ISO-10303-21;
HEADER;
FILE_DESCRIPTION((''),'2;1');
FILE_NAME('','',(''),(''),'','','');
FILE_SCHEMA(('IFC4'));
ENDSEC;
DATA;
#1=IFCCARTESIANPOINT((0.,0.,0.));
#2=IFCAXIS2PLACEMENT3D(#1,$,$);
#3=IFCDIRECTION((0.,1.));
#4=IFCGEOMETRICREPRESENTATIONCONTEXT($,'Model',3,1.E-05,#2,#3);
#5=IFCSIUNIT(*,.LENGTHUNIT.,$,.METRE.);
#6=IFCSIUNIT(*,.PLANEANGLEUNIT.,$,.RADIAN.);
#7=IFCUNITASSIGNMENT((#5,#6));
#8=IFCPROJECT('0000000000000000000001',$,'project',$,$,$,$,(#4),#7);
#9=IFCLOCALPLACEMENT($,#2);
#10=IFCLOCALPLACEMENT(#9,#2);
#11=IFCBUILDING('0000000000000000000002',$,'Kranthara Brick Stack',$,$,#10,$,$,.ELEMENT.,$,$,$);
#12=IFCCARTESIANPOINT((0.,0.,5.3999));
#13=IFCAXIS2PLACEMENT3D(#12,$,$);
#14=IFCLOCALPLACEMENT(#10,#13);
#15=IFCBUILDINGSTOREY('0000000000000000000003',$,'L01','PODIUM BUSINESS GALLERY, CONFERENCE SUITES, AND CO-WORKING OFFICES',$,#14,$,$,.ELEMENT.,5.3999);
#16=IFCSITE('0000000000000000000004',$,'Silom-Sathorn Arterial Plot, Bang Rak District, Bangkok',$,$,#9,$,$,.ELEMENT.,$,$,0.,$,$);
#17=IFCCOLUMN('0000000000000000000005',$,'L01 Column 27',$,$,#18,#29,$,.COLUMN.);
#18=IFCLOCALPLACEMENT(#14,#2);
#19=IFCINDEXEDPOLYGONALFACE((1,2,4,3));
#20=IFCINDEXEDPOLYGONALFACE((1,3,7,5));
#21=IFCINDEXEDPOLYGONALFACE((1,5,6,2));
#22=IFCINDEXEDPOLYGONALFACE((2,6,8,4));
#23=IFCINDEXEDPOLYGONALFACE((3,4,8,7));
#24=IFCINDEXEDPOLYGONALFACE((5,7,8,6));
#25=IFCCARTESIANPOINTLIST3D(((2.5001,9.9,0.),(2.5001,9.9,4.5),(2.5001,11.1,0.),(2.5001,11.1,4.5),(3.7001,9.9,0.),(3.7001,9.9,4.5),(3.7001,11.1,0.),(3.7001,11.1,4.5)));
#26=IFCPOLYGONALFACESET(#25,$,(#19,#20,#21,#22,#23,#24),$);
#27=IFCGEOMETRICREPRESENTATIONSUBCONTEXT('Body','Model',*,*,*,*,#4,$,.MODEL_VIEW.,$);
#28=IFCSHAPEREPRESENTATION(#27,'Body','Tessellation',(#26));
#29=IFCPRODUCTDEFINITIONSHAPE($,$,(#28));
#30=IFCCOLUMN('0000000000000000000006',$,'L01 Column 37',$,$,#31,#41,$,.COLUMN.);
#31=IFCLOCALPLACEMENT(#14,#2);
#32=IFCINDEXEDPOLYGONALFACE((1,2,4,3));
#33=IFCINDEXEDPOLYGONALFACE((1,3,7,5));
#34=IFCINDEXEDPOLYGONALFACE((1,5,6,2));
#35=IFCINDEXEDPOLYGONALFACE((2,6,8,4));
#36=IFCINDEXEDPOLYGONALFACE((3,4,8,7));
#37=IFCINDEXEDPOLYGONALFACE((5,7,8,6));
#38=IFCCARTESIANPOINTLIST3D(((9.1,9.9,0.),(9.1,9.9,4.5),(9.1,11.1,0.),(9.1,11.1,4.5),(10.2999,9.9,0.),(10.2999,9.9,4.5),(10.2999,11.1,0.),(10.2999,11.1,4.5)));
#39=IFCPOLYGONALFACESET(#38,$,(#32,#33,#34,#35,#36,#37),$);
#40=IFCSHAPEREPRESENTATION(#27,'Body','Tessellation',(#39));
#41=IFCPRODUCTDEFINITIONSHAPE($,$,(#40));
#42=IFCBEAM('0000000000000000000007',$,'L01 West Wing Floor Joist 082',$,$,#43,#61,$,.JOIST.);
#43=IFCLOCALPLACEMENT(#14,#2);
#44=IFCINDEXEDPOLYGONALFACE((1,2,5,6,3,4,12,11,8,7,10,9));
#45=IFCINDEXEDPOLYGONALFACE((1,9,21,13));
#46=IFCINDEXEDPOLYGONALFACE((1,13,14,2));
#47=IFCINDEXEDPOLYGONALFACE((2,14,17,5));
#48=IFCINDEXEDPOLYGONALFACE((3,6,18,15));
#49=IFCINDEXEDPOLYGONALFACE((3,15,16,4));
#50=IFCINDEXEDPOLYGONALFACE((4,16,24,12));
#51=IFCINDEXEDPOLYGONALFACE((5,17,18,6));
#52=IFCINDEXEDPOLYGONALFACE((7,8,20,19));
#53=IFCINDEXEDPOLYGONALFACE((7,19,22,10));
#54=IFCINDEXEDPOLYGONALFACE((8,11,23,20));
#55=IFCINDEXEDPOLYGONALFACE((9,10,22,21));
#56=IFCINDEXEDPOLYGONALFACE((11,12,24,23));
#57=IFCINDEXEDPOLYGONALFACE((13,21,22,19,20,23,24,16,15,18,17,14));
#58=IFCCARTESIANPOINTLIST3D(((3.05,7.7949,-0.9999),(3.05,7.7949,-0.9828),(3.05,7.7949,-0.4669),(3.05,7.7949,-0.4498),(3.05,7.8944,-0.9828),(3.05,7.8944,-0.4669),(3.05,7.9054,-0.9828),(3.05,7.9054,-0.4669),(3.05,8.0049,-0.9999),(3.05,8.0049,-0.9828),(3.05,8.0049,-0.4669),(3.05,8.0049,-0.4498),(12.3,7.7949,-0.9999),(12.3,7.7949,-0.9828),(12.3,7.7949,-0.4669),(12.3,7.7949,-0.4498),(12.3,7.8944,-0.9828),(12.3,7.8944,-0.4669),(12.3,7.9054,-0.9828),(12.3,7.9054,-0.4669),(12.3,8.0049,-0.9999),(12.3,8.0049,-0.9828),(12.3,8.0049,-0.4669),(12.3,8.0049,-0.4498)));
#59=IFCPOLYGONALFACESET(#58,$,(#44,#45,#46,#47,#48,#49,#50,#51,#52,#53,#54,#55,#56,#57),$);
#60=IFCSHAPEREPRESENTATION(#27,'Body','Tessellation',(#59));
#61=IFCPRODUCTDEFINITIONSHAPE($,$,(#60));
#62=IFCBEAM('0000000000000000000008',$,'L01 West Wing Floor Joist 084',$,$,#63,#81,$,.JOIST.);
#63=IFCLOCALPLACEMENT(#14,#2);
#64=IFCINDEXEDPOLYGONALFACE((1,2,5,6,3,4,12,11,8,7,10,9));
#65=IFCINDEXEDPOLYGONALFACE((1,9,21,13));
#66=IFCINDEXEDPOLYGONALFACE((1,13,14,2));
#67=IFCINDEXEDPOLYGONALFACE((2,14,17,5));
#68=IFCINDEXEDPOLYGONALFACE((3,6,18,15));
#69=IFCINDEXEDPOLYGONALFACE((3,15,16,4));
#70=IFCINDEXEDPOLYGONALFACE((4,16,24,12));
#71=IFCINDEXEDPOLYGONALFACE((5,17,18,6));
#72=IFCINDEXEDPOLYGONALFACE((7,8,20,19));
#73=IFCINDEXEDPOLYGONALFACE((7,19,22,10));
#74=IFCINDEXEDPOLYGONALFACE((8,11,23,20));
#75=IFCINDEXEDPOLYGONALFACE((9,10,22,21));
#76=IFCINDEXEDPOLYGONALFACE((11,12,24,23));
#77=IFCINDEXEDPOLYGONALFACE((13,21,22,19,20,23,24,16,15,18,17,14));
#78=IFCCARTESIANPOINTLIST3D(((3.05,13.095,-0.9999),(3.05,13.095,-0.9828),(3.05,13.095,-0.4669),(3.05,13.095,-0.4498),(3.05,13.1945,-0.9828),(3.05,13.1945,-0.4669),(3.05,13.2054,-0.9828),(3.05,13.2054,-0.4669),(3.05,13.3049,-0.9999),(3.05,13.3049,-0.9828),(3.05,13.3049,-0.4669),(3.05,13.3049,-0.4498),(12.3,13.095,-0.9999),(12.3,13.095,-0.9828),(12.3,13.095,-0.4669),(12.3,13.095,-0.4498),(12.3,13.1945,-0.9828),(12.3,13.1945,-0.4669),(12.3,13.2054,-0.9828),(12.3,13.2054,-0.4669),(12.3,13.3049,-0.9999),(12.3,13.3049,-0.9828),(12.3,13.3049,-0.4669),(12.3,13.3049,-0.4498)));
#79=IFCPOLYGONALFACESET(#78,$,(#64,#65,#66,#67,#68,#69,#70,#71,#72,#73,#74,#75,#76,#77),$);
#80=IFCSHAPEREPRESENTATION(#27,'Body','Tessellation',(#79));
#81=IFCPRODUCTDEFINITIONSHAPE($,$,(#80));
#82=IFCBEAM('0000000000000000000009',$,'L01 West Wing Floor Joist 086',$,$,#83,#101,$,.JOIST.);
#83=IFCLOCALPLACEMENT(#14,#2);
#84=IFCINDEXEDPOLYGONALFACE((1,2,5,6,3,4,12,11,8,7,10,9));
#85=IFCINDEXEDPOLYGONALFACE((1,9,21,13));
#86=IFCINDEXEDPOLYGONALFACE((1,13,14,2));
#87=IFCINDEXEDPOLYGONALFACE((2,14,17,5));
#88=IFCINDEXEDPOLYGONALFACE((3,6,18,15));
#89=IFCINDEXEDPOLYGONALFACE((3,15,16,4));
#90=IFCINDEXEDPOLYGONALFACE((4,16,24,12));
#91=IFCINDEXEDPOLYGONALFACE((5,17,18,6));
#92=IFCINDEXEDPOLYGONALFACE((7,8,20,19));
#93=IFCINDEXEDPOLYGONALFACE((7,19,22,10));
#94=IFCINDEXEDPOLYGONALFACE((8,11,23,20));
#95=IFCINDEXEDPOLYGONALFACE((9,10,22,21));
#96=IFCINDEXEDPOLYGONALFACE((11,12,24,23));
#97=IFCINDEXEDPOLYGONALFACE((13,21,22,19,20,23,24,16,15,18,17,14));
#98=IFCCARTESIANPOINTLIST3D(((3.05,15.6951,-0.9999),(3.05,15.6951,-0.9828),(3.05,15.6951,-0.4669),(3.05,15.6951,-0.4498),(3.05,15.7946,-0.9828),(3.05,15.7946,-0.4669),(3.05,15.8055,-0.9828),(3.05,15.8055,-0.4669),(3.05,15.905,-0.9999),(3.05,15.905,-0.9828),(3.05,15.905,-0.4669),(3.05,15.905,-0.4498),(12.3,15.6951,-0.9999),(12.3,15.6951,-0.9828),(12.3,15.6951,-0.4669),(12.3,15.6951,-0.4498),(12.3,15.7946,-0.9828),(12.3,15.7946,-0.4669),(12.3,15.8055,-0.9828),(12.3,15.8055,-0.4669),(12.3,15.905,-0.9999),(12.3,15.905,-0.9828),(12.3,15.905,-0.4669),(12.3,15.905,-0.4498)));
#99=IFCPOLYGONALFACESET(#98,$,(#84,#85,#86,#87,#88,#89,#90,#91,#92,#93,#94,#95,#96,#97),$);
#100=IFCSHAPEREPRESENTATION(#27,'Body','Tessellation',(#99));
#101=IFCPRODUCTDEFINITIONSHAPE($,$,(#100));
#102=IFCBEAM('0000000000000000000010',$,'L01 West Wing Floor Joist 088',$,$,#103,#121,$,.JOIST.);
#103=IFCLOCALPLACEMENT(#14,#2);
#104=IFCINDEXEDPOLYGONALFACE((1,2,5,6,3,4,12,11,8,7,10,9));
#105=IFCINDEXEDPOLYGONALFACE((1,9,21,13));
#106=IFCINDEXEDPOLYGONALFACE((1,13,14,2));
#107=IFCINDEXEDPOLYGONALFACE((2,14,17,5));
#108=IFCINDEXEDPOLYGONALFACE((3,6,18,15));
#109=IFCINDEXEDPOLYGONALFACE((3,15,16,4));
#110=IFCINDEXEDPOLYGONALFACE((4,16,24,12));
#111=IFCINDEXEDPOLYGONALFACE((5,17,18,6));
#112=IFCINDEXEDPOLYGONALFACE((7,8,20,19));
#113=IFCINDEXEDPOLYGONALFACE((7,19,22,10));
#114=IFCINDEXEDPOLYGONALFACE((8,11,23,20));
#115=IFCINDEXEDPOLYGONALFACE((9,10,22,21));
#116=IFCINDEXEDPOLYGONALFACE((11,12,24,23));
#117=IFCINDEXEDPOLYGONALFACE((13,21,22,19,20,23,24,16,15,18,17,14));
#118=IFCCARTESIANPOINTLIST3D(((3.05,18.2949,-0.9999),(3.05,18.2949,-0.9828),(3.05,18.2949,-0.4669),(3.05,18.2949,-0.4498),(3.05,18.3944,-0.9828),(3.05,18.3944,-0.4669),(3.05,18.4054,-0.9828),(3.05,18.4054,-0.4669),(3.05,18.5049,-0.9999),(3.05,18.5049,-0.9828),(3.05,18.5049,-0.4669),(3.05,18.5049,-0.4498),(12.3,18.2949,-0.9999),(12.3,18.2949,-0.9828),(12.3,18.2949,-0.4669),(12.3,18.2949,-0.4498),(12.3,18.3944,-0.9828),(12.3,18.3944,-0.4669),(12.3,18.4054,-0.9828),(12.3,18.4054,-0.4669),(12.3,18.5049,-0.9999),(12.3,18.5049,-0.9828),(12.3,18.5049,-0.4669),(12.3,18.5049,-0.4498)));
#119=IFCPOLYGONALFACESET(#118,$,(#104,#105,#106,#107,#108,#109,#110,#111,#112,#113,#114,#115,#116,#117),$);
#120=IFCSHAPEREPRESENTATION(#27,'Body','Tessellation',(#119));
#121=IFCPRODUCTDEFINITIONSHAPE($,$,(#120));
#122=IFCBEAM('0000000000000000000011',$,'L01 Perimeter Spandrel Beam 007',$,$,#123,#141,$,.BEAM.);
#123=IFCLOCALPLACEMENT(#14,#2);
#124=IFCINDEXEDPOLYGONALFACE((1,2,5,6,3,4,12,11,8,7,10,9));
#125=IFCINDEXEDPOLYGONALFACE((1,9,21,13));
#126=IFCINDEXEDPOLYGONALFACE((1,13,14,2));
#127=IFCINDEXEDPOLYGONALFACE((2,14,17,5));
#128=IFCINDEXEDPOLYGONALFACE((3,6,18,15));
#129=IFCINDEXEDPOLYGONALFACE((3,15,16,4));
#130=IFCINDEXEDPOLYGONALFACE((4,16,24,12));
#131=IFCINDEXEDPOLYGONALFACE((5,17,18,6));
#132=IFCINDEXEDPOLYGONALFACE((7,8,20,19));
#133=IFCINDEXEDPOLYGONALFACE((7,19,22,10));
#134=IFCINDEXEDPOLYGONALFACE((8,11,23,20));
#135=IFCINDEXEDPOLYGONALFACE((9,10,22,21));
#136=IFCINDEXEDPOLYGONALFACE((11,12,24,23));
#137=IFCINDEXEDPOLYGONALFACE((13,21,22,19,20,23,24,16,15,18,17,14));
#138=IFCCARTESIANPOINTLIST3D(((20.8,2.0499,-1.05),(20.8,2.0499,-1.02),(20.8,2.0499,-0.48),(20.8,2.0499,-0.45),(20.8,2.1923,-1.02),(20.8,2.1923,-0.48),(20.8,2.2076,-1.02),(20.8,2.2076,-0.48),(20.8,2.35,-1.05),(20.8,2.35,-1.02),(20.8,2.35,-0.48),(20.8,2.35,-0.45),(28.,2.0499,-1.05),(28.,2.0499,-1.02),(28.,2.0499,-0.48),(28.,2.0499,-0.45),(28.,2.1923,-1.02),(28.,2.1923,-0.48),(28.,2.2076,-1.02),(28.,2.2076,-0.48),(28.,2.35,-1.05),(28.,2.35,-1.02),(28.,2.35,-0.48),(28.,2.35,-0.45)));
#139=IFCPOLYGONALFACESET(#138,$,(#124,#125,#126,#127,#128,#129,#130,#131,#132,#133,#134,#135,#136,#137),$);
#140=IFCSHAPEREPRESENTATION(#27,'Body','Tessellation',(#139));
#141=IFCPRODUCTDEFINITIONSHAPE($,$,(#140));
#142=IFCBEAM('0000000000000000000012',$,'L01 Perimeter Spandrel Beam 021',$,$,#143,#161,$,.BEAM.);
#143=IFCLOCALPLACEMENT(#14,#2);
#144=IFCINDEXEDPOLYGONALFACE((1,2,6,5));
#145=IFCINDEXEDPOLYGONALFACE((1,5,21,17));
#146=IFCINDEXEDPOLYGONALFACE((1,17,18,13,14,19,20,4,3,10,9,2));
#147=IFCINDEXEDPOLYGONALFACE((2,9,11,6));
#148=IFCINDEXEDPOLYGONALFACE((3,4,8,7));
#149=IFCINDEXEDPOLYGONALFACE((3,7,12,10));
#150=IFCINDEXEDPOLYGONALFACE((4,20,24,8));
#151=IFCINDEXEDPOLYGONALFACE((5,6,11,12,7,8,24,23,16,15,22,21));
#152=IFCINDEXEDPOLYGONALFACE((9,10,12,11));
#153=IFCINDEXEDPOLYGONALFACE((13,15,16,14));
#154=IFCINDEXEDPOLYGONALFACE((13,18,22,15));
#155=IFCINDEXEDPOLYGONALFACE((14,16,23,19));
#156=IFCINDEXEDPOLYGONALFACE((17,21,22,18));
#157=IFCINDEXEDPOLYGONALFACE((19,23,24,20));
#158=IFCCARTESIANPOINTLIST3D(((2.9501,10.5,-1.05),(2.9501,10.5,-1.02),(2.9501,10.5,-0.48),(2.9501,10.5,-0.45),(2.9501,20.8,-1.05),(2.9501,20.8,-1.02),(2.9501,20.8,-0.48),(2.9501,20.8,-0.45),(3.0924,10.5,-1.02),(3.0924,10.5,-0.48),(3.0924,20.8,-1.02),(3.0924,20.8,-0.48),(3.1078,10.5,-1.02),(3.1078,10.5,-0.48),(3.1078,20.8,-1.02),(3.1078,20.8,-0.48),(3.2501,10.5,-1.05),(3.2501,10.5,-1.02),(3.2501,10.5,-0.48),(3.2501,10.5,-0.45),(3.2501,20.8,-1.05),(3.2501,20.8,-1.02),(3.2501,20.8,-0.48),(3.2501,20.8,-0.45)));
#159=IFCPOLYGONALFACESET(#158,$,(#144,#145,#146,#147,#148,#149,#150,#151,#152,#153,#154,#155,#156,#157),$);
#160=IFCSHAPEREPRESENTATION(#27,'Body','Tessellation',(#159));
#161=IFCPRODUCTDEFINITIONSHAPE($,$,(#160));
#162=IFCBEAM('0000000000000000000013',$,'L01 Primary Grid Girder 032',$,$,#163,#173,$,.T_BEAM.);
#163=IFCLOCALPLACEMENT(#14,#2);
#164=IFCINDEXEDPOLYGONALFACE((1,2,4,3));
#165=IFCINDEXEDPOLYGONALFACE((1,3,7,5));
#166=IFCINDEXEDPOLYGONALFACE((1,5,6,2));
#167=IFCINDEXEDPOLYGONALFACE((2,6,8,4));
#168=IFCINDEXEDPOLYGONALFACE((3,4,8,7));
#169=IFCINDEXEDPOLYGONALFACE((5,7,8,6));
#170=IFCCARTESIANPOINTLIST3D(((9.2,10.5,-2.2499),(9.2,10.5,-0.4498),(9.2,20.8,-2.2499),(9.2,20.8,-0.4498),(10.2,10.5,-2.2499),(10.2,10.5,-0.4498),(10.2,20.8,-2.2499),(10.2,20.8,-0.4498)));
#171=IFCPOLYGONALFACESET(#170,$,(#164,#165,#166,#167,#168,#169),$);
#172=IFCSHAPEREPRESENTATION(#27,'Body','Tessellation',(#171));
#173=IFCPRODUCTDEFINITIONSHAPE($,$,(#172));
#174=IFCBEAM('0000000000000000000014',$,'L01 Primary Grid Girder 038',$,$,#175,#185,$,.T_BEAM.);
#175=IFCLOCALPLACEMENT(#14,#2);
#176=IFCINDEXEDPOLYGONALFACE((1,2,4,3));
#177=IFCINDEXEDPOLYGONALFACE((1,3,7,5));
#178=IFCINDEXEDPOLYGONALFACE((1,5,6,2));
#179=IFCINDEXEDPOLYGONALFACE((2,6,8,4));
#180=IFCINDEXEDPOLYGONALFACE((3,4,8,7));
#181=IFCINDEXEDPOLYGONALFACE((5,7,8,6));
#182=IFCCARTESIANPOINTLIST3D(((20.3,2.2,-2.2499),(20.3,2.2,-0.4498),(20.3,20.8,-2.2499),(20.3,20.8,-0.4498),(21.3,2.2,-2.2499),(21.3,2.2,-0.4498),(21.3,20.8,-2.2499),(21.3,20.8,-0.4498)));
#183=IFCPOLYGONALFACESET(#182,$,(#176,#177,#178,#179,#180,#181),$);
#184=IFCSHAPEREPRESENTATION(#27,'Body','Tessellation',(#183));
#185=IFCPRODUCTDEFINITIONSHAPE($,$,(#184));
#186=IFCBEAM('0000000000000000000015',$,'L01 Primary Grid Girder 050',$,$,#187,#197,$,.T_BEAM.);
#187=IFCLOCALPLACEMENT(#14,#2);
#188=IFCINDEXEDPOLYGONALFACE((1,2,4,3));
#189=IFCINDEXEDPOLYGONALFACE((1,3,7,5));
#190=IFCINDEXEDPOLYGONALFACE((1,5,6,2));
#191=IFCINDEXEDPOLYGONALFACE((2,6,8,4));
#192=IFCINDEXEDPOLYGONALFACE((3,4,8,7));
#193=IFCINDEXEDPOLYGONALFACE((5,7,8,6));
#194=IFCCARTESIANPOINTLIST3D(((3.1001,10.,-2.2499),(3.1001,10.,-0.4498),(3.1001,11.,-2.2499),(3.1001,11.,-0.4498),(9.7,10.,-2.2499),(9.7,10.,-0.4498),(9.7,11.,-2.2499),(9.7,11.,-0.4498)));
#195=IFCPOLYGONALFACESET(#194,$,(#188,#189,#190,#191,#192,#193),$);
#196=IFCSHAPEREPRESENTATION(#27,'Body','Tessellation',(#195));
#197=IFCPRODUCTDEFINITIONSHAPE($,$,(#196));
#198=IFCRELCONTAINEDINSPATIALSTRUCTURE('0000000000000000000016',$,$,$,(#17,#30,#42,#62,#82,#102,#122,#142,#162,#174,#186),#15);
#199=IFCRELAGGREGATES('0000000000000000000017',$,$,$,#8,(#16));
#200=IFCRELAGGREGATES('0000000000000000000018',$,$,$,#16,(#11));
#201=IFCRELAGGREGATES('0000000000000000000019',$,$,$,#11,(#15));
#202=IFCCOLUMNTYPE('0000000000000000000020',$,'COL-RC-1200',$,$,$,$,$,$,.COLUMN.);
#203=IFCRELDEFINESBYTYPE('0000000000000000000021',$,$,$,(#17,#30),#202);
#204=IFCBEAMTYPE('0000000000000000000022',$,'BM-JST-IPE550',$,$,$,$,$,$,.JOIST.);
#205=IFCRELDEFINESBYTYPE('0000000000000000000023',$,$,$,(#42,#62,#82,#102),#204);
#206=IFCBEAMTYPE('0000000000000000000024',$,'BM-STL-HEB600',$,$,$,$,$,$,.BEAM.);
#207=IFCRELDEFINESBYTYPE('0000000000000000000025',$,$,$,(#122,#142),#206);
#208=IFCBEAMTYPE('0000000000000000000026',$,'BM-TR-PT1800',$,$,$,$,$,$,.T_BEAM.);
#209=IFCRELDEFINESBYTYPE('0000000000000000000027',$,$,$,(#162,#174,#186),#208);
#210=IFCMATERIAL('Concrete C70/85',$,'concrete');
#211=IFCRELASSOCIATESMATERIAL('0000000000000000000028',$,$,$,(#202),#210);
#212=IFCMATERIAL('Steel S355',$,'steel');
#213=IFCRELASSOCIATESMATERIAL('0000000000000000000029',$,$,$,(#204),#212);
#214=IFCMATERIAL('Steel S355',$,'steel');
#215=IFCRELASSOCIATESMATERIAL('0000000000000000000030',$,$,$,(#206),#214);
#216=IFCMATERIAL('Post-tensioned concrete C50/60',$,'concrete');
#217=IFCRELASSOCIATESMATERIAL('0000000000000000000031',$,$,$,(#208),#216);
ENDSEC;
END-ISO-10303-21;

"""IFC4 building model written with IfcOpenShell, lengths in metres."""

from ifc_helpers import new_model, si_unit, direction, frame, origin, origin_2d, place, context, subcontext, project, spatial, rectangle, i_section, extrude, material, material_profile, profile_set, type_object, element, save


model = new_model("IFC4")

# Units and contexts
model_context = context("Model", 3, precision=1e-05, world=origin(), true_north=direction((0.0, 1.0)))
body_context = subcontext(model_context, "Body", "Model", "MODEL_VIEW")
ifc_project = project(units=[si_unit("LENGTHUNIT", "METRE"), si_unit("PLANEANGLEUNIT", "RADIAN")], contexts=[model_context])

# Site, building, storey
site_placement = place(None, origin())
site = spatial("IfcSite", under=ifc_project, at=site_placement, Name="Silom-Sathorn Arterial Plot, Bang Rak District, Bangkok", CompositionType="ELEMENT", RefElevation=0.0)
building_placement = place(site_placement, origin())
building = spatial("IfcBuilding", under=site, at=building_placement, Name="Kranthara Brick Stack", CompositionType="ELEMENT")
storey_placement = place(building_placement, frame((0.0, 0.0, 5.3999)))
storey = spatial("IfcBuildingStorey", under=building, at=storey_placement, Name="L01", Description="PODIUM BUSINESS GALLERY, CONFERENCE SUITES, AND CO-WORKING OFFICES", CompositionType="ELEMENT", Elevation=5.3999)

# Columns
ifc_material_1 = material(Name="Concrete C70/85", Category="concrete")
ifc_material_profile_1 = material_profile(ifc_material_1, rectangle(XDim=1.2, YDim=1.2, at=origin_2d()), Name="RC 1200x1200")
ifc_profile_set_1 = profile_set([ifc_material_profile_1], Name="Concrete C70/85")
column_type = type_object("IfcColumnType", Name="COL-RC-1200", PredefinedType="COLUMN", material=ifc_profile_set_1)
for number, where, z_axis, x_axis, name in (
    (1, (3.1001, 10.5, 0.0), (0.0, 0.0, 1.0), (1.0, 0.0, 0.0), "L01 Column 27"),
    (2, (9.7, 10.5, 0.0), (0.0, 0.0, 1.0), (1.0, 0.0, 0.0), "L01 Column 37"),
):
    element("IfcColumn", number, at=place(storey_placement, frame(where, z_axis=z_axis, x_axis=x_axis)), inside=storey, type_object=column_type, Name=name, PredefinedType="COLUMN", context=body_context, shape_type="SweptSolid", body=[
        extrude(rectangle(XDim=1.2, YDim=1.2, at=origin_2d()), origin(), (0.0, 0.0, 1.0), 4.5),
    ])

# Beams
ifc_material_2 = material(Name="Steel S355", Category="steel")
ifc_material_profile_2 = material_profile(ifc_material_2, i_section(OverallWidth=0.21, OverallDepth=0.55, WebThickness=0.011, FlangeThickness=0.0171, at=origin_2d()), Name="IPE 550")
ifc_profile_set_2 = profile_set([ifc_material_profile_2], Name="Steel S355")
beam_type_1 = type_object("IfcBeamType", Name="BM-JST-IPE550", PredefinedType="JOIST", material=ifc_profile_set_2)
for number, where, z_axis, x_axis, name in (
    (3, (3.05, 7.8999, -0.7249), (1.0, 0.0, 0.0), (0.0, 1.0, 0.0), "L01 West Wing Floor Joist 082"),
    (4, (3.05, 13.2, -0.7249), (1.0, 0.0, 0.0), (0.0, 1.0, 0.0), "L01 West Wing Floor Joist 084"),
    (5, (3.05, 15.8, -0.7249), (1.0, 0.0, 0.0), (0.0, 1.0, 0.0), "L01 West Wing Floor Joist 086"),
    (6, (3.05, 18.3999, -0.7249), (1.0, 0.0, 0.0), (0.0, 1.0, 0.0), "L01 West Wing Floor Joist 088"),
):
    element("IfcBeam", number, at=place(storey_placement, frame(where, z_axis=z_axis, x_axis=x_axis)), inside=storey, type_object=beam_type_1, Name=name, PredefinedType="JOIST", context=body_context, shape_type="SweptSolid", body=[
        extrude(i_section(OverallWidth=0.21, OverallDepth=0.55, WebThickness=0.011, FlangeThickness=0.0171, at=origin_2d()), origin(), (0.0, 0.0, 1.0), 9.25),
    ])
ifc_material_3 = material(Name="Steel S355", Category="steel")
ifc_material_profile_3 = material_profile(ifc_material_3, i_section(OverallWidth=0.3, OverallDepth=0.6001, WebThickness=0.0154, FlangeThickness=0.03, at=origin_2d()), Name="HEB 600")
ifc_profile_set_3 = profile_set([ifc_material_profile_3], Name="Steel S355")
beam_type_2 = type_object("IfcBeamType", Name="BM-STL-HEB600", PredefinedType="BEAM", material=ifc_profile_set_3)
beam_1_placement = place(storey_placement, frame((20.8, 2.2, -0.75), z_axis=(1.0, 0.0, 0.0), x_axis=(0.0, 1.0, 0.0)))
element("IfcBeam", 7, at=beam_1_placement, inside=storey, type_object=beam_type_2, Name="L01 Perimeter Spandrel Beam 007", PredefinedType="BEAM", context=body_context, shape_type="SweptSolid", body=[
    extrude(i_section(OverallWidth=0.3, OverallDepth=0.6001, WebThickness=0.0154, FlangeThickness=0.03, at=origin_2d()), origin(), (0.0, 0.0, 1.0), 7.2),
])
beam_2_placement = place(storey_placement, frame((3.1001, 10.5, -0.75), z_axis=(0.0, 1.0, 0.0), x_axis=(-1.0, 0.0, 0.0)))
element("IfcBeam", 8, at=beam_2_placement, inside=storey, type_object=beam_type_2, Name="L01 Perimeter Spandrel Beam 021", PredefinedType="BEAM", context=body_context, shape_type="SweptSolid", body=[
    extrude(i_section(OverallWidth=0.3, OverallDepth=0.6001, WebThickness=0.0154, FlangeThickness=0.03, at=origin_2d()), origin(), (0.0, 0.0, 1.0), 10.3),
])
ifc_material_4 = material(Name="Post-tensioned concrete C50/60", Category="concrete")
ifc_material_profile_4 = material_profile(ifc_material_4, rectangle(XDim=1.0, YDim=1.8, at=origin_2d()), Name="PT 1000x1800")
ifc_profile_set_4 = profile_set([ifc_material_profile_4], Name="Post-tensioned concrete C50/60")
beam_type_3 = type_object("IfcBeamType", Name="BM-TR-PT1800", PredefinedType="T_BEAM", material=ifc_profile_set_4)
beam_3_placement = place(storey_placement, frame((9.7, 10.5, -1.3499), z_axis=(0.0, 1.0, 0.0), x_axis=(-1.0, 0.0, 0.0)))
element("IfcBeam", 9, at=beam_3_placement, inside=storey, type_object=beam_type_3, Name="L01 Primary Grid Girder 032", PredefinedType="T_BEAM", context=body_context, shape_type="SweptSolid", body=[
    extrude(rectangle(XDim=1.0, YDim=1.8, at=origin_2d()), origin(), (0.0, 0.0, 1.0), 10.3),
])
beam_4_placement = place(storey_placement, frame((20.8, 2.2, -1.3499), z_axis=(0.0, 1.0, 0.0), x_axis=(-1.0, 0.0, 0.0)))
element("IfcBeam", 10, at=beam_4_placement, inside=storey, type_object=beam_type_3, Name="L01 Primary Grid Girder 038", PredefinedType="T_BEAM", context=body_context, shape_type="SweptSolid", body=[
    extrude(rectangle(XDim=1.0, YDim=1.8, at=origin_2d()), origin(), (0.0, 0.0, 1.0), 18.6001),
])
beam_5_placement = place(storey_placement, frame((3.1001, 10.5, -1.3499), z_axis=(1.0, 0.0, 0.0), x_axis=(0.0, 1.0, 0.0)))
element("IfcBeam", 11, at=beam_5_placement, inside=storey, type_object=beam_type_3, Name="L01 Primary Grid Girder 050", PredefinedType="T_BEAM", context=body_context, shape_type="SweptSolid", body=[
    extrude(rectangle(XDim=1.0, YDim=1.8, at=origin_2d()), origin(), (0.0, 0.0, 1.0), 6.5999),
])

save(model, "model.ifc")
